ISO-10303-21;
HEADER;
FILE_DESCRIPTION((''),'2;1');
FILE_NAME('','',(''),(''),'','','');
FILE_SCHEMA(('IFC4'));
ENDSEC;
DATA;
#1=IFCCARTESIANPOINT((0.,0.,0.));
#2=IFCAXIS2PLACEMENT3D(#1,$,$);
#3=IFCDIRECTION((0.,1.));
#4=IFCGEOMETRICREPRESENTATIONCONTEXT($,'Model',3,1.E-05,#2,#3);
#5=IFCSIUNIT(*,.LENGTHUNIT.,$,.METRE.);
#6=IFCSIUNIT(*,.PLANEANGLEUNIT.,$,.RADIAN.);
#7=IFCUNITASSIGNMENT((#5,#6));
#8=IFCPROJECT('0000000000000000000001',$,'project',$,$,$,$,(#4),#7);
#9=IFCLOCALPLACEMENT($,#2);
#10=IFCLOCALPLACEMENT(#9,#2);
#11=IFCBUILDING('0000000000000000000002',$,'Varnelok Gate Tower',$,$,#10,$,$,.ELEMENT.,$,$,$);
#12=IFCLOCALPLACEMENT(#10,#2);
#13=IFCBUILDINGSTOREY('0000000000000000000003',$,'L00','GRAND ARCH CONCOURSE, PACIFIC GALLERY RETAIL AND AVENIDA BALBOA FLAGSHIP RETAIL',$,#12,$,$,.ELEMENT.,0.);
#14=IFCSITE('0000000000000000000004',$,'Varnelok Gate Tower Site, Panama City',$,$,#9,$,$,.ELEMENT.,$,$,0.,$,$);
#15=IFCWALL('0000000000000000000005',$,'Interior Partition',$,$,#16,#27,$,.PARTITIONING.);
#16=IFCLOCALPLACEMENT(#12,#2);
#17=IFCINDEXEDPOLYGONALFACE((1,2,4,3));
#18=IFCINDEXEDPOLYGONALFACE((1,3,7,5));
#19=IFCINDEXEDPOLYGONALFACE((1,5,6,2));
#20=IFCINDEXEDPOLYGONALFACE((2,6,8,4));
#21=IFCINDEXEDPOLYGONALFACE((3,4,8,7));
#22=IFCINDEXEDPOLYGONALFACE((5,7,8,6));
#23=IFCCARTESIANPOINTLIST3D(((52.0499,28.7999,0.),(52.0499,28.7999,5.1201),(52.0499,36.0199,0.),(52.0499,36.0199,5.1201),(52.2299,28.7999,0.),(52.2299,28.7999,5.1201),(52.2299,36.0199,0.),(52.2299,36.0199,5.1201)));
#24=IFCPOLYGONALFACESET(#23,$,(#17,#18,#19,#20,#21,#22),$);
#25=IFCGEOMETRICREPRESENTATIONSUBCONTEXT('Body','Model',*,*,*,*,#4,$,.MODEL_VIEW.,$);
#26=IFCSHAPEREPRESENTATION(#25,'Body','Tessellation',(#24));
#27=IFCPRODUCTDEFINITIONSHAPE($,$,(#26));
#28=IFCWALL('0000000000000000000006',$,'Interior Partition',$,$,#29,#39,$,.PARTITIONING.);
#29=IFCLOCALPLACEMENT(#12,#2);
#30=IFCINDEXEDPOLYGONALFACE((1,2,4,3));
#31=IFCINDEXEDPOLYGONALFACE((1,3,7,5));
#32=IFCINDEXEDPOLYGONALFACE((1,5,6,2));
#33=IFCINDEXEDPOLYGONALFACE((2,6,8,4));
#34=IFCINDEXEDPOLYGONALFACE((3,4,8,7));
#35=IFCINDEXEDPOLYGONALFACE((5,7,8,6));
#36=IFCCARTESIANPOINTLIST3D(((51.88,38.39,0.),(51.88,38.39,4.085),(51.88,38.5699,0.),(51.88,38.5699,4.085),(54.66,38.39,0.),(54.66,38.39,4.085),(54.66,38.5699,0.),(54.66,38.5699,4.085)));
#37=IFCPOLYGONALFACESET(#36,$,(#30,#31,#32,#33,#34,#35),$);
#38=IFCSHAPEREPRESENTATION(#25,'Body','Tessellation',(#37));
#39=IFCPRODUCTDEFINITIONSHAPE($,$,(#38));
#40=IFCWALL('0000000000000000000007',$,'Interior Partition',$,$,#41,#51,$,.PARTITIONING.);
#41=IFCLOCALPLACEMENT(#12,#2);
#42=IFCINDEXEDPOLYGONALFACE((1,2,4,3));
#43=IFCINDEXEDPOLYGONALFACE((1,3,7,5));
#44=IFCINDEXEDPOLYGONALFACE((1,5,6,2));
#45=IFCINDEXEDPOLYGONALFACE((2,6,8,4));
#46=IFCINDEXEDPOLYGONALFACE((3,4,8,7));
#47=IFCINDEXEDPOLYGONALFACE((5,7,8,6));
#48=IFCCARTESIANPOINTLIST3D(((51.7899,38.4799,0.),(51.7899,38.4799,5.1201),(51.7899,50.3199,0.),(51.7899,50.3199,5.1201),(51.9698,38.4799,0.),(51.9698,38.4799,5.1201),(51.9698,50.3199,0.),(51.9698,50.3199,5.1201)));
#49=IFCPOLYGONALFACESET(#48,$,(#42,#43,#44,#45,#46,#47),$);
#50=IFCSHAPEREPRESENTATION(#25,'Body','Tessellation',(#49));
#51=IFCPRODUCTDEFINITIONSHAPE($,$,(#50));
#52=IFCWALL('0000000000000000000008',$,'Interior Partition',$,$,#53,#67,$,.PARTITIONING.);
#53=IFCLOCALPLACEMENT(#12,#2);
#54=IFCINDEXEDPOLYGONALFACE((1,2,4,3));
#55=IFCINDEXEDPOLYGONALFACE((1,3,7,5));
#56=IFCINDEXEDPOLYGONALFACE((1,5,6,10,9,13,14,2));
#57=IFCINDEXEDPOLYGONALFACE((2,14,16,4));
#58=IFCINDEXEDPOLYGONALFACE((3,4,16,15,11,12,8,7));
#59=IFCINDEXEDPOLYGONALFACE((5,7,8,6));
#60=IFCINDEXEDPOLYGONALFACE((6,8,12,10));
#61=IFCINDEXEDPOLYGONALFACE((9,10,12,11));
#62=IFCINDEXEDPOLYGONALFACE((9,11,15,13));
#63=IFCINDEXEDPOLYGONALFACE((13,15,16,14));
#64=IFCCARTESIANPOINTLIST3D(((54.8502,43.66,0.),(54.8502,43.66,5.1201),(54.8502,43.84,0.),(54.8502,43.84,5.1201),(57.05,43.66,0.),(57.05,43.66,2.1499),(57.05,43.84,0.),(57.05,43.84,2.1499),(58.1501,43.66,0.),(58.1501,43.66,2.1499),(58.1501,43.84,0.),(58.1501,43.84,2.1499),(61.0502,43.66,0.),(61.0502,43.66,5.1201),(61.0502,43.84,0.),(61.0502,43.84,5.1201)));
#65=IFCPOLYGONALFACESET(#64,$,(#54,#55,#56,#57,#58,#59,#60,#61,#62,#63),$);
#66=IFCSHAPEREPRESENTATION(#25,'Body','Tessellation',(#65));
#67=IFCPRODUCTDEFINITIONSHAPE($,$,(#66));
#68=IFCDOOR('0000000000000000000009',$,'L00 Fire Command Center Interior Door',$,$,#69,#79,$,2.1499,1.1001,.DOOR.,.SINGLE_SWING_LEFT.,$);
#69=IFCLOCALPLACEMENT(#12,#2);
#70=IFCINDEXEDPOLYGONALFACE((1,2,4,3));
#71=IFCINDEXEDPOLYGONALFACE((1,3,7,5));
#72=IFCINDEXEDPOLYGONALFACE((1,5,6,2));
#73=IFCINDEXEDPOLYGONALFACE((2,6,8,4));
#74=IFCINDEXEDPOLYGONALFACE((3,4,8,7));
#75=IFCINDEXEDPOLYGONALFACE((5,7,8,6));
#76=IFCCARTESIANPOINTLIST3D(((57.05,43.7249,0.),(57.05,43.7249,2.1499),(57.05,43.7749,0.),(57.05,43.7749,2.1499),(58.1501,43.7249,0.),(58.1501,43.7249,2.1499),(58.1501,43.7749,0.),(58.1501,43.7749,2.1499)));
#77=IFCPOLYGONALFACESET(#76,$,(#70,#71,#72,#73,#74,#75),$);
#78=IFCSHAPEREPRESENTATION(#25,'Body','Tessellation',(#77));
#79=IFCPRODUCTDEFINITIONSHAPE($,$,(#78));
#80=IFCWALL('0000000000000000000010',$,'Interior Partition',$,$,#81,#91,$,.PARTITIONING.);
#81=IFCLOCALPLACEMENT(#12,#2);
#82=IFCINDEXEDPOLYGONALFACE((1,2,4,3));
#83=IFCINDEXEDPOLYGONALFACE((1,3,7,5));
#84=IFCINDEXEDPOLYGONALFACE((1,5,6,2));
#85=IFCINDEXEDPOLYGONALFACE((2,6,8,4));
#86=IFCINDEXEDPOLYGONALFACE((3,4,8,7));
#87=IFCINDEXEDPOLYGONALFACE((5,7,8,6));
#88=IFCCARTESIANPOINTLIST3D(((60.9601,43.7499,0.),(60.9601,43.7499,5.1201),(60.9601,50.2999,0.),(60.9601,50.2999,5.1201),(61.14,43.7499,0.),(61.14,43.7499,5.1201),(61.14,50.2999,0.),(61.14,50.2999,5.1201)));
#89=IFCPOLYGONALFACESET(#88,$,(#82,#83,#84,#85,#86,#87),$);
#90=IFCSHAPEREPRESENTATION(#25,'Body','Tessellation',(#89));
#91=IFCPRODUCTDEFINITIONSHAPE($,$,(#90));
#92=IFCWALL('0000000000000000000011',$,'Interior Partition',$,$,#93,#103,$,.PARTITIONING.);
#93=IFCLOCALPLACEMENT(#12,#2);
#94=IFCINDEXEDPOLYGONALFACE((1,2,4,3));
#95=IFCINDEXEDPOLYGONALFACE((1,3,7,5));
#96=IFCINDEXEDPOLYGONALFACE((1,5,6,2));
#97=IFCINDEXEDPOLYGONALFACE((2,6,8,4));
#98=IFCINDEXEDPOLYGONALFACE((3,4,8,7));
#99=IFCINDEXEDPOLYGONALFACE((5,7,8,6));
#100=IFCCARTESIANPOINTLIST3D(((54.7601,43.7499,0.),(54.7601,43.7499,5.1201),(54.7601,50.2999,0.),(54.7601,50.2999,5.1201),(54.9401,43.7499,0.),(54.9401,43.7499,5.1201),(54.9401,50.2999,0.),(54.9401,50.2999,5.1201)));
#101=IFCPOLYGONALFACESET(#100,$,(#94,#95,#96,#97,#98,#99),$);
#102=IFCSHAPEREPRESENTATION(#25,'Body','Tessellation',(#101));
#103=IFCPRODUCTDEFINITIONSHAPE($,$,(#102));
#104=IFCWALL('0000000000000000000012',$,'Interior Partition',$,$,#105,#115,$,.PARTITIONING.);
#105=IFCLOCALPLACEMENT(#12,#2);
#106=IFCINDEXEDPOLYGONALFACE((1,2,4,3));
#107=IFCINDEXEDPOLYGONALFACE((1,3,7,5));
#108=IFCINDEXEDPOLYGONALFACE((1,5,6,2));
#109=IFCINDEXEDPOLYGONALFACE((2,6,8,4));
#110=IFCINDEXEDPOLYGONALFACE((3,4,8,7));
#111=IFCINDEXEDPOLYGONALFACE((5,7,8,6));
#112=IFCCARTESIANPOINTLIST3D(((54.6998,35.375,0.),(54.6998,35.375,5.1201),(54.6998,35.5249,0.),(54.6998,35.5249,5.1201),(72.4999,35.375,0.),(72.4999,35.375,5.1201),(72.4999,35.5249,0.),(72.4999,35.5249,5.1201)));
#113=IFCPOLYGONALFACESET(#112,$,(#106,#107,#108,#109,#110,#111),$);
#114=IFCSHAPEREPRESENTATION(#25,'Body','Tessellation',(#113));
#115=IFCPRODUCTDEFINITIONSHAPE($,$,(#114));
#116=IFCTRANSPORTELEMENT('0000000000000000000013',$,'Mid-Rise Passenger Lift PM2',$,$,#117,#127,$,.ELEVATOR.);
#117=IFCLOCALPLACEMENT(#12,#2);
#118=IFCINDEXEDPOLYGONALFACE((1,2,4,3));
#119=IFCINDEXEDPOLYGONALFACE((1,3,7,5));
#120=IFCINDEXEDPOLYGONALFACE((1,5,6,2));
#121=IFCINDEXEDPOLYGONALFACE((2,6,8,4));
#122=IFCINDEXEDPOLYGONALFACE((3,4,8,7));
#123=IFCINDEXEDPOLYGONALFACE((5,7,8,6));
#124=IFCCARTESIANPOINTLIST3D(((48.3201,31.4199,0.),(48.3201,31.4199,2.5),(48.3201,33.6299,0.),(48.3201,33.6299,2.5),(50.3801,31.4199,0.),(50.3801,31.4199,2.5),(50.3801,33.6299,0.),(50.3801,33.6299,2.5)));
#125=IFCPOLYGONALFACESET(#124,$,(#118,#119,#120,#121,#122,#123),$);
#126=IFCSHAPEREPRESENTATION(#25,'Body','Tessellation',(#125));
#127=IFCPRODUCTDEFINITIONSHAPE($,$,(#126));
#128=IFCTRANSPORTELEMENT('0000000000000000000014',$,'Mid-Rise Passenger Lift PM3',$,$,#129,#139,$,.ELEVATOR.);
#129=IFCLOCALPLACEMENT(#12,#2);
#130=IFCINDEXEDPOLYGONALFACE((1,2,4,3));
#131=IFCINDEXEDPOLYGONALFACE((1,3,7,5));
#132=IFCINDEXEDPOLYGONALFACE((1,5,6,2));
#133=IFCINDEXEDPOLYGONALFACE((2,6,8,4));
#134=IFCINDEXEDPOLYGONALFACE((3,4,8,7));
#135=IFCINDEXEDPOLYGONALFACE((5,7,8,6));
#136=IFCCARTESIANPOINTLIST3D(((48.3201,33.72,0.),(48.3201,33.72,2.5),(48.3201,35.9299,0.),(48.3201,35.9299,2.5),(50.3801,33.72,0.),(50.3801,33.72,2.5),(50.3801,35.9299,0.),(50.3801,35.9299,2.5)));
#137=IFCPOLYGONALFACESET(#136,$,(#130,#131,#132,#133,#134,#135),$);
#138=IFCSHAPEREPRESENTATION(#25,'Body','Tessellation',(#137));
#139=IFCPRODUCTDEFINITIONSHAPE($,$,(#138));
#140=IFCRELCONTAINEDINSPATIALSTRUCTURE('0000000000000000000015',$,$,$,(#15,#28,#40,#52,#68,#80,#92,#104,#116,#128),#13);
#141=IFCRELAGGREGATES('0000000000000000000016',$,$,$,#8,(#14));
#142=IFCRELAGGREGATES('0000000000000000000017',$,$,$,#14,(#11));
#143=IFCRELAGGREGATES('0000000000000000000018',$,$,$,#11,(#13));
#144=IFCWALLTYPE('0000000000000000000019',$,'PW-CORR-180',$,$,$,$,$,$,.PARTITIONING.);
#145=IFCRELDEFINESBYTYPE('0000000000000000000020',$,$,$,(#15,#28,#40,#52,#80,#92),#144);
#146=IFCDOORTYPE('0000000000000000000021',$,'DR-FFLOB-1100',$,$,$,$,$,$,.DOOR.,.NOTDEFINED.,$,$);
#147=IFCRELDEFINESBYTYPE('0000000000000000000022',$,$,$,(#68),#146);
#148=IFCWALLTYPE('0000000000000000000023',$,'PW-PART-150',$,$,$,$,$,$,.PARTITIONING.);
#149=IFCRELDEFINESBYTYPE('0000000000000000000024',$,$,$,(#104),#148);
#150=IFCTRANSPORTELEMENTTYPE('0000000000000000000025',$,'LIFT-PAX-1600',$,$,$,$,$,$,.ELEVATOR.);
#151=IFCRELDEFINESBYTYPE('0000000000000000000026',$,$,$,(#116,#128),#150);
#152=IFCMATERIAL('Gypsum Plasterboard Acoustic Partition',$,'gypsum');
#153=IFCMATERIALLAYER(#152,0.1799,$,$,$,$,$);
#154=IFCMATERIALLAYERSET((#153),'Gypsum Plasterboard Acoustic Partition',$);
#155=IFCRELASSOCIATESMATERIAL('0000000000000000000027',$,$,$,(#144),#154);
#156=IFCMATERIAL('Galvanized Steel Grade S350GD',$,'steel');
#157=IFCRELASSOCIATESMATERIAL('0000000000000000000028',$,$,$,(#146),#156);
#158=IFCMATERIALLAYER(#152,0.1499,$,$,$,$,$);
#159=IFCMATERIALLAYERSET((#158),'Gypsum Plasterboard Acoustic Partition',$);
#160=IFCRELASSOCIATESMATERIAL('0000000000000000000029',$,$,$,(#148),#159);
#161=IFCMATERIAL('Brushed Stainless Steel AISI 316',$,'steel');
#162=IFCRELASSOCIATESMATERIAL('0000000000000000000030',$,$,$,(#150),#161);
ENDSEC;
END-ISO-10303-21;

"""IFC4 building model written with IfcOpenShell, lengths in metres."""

from ifc_helpers import new_model, si_unit, direction, frame, frame_2d, origin, origin_2d, place, context, subcontext, project, spatial, rectangle, extrude, source, transform, mapped, material, layer, layer_set, type_object, element, fill, save


model = new_model("IFC4")

# Units and contexts
model_context = context("Model", 3, precision=1e-05, world=origin(), true_north=direction((0.0, 1.0)))
body_context = subcontext(model_context, "Body", "Model", "MODEL_VIEW")
ifc_project = project(units=[si_unit("LENGTHUNIT", "METRE"), si_unit("PLANEANGLEUNIT", "RADIAN")], contexts=[model_context])

# Site, building, storey
site_placement = place(None, origin())
site = spatial("IfcSite", under=ifc_project, at=site_placement, Name="Varnelok Gate Tower Site, Panama City", CompositionType="ELEMENT", RefElevation=0.0)
building_placement = place(site_placement, origin())
building = spatial("IfcBuilding", under=site, at=building_placement, Name="Varnelok Gate Tower", CompositionType="ELEMENT")
storey_placement = place(building_placement, origin())
storey = spatial("IfcBuildingStorey", under=building, at=storey_placement, Name="L00", Description="GRAND ARCH CONCOURSE, PACIFIC GALLERY RETAIL AND AVENIDA BALBOA FLAGSHIP RETAIL", CompositionType="ELEMENT", Elevation=0.0)

# Walls
ifc_material_1 = material(Name="Gypsum Plasterboard Acoustic Partition", Category="gypsum")
ifc_layer_1 = layer(ifc_material_1, 0.1799)
ifc_layer_set_1 = layer_set([ifc_layer_1], Name="Gypsum Plasterboard Acoustic Partition")
wall_type_1 = type_object("IfcWallType", Name="PW-CORR-180", PredefinedType="PARTITIONING", material=ifc_layer_set_1)
wall_1_placement = place(storey_placement, frame((52.1399, 28.8, 0.0), z_axis=(0.0, 0.0, 1.0), x_axis=(0.0, 1.0, 0.0)))
element("IfcWall", 1, at=wall_1_placement, inside=storey, type_object=wall_type_1, Name="Interior Partition", PredefinedType="PARTITIONING", context=body_context, shape_type="SweptSolid", body=[
    extrude(rectangle(XDim=7.22, YDim=0.1799, at=frame_2d((3.6099, 0.0))), origin(), (0.0, 0.0, 1.0), 5.1201),
])
wall_2_placement = place(storey_placement, frame((51.8799, 38.48, 0.0), z_axis=(0.0, 0.0, 1.0), x_axis=(1.0, 0.0, 0.0)))
element("IfcWall", 2, at=wall_2_placement, inside=storey, type_object=wall_type_1, Name="Interior Partition", PredefinedType="PARTITIONING", context=body_context, shape_type="SweptSolid", body=[
    extrude(rectangle(XDim=2.78, YDim=0.1799, at=frame_2d((1.3901, 0.0))), origin(), (0.0, 0.0, 1.0), 4.085),
])
wall_3_placement = place(storey_placement, frame((51.8799, 38.48, 0.0), z_axis=(0.0, 0.0, 1.0), x_axis=(0.0, 1.0, 0.0)))
element("IfcWall", 3, at=wall_3_placement, inside=storey, type_object=wall_type_1, Name="Interior Partition", PredefinedType="PARTITIONING", context=body_context, shape_type="SweptSolid", body=[
    extrude(rectangle(XDim=11.8401, YDim=0.1799, at=frame_2d((5.9199, 0.0))), origin(), (0.0, 0.0, 1.0), 5.1201),
])

# Wall, opening, door
wall_4_placement = place(storey_placement, frame((54.8501, 43.75, 0.0), z_axis=(0.0, 0.0, 1.0), x_axis=(1.0, 0.0, 0.0)))
wall_4 = element("IfcWall", 4, at=wall_4_placement, inside=storey, type_object=wall_type_1, Name="Interior Partition", PredefinedType="PARTITIONING", context=body_context, shape_type="SweptSolid", body=[
    extrude(rectangle(XDim=6.2, YDim=0.1799, at=frame_2d((3.1001, 0.0))), origin(), (0.0, 0.0, 1.0), 5.1201),
])
opening_1_placement = place(wall_4_placement, frame((2.2, 0.0, 0.0)))
opening_1 = element("IfcOpeningElement", 5, at=opening_1_placement, cuts=wall_4, PredefinedType="OPENING", context=body_context, shape_type="SweptSolid", body=[
    extrude(rectangle(XDim=1.1001, YDim=2.1499, at=frame_2d((0.55, 1.075))), frame((0.0, 0.0999, 0.0), z_axis=(0.0, -1.0, 0.0), x_axis=(1.0, 0.0, 0.0)), (0.0, 0.0, 1.0), 0.2),
])
ifc_material_2 = material(Name="Galvanized Steel Grade S350GD", Category="steel")
door_type_1 = type_object("IfcDoorType", Name="DR-FFLOB-1100", OperationType="NOTDEFINED", PredefinedType="DOOR", material=ifc_material_2)
door_1_placement = place(opening_1_placement, origin())
door_1 = element("IfcDoor", 6, at=door_1_placement, inside=storey, type_object=door_type_1, Name="L00 Fire Command Center Interior Door", OperationType="SINGLE_SWING_LEFT", OverallHeight=2.1499, OverallWidth=1.1001, PredefinedType="DOOR", context=body_context, shape_type="SweptSolid", body=[
    extrude(rectangle(XDim=1.1001, YDim=2.1499, at=frame_2d((0.55, 1.075))), frame((0.0, 0.0249, 0.0), z_axis=(0.0, -1.0, 0.0), x_axis=(1.0, 0.0, 0.0)), (0.0, 0.0, 1.0), 0.05),
])
fill(opening_1, door_1)

# Walls
for number, where, z_axis, x_axis, name in (
    (7, (61.05, 43.75, 0.0), (0.0, 0.0, 1.0), (0.0, 1.0, 0.0), "Interior Partition"),
    (8, (54.8501, 43.75, 0.0), (0.0, 0.0, 1.0), (0.0, 1.0, 0.0), "Interior Partition"),
):
    element("IfcWall", number, at=place(storey_placement, frame(where, z_axis=z_axis, x_axis=x_axis)), inside=storey, type_object=wall_type_1, Name=name, PredefinedType="PARTITIONING", context=body_context, shape_type="SweptSolid", body=[
        extrude(rectangle(XDim=6.55, YDim=0.1799, at=frame_2d((3.2749, 0.0))), origin(), (0.0, 0.0, 1.0), 5.1201),
    ])
ifc_layer_2 = layer(ifc_material_1, 0.1499)
ifc_layer_set_2 = layer_set([ifc_layer_2], Name="Gypsum Plasterboard Acoustic Partition")
wall_type_2 = type_object("IfcWallType", Name="PW-PART-150", PredefinedType="PARTITIONING", material=ifc_layer_set_2)
wall_5_placement = place(storey_placement, frame((54.7, 35.45, 0.0), z_axis=(0.0, 0.0, 1.0), x_axis=(1.0, 0.0, 0.0)))
element("IfcWall", 9, at=wall_5_placement, inside=storey, type_object=wall_type_2, Name="Interior Partition", PredefinedType="PARTITIONING", context=body_context, shape_type="SweptSolid", body=[
    extrude(rectangle(XDim=17.8, YDim=0.1499, at=frame_2d((8.8999, 0.0))), origin(), (0.0, 0.0, 1.0), 5.1201),
])

# Transport elements
ifc_material_3 = material(Name="Brushed Stainless Steel AISI 316", Category="steel")
transport_element_type = type_object("IfcTransportElementType", Name="LIFT-PAX-1600", PredefinedType="ELEVATOR", material=ifc_material_3)
shared_shape = source(origin(), body_context, "Body", "SweptSolid", [
    extrude(rectangle(XDim=2.0601, YDim=2.21, at=origin_2d()), origin(), (0.0, 0.0, 1.0), 2.5),
])
for number, where, z_axis, x_axis, name in (
    (10, (49.3501, 32.5249, 0.0), (0.0, 0.0, 1.0), (1.0, 0.0, 0.0), "Mid-Rise Passenger Lift PM2"),
    (11, (49.3501, 34.825, 0.0), (0.0, 0.0, 1.0), (1.0, 0.0, 0.0), "Mid-Rise Passenger Lift PM3"),
):
    element("IfcTransportElement", number, at=place(storey_placement, frame(where, z_axis=z_axis, x_axis=x_axis)), inside=storey, type_object=transport_element_type, Name=name, PredefinedType="ELEVATOR", context=body_context, shape_type="MappedRepresentation", body=[
        mapped(shared_shape, transform((0.0, 0.0, 0.0), scale=1.0)),
    ])

save(model, "model.ifc")
